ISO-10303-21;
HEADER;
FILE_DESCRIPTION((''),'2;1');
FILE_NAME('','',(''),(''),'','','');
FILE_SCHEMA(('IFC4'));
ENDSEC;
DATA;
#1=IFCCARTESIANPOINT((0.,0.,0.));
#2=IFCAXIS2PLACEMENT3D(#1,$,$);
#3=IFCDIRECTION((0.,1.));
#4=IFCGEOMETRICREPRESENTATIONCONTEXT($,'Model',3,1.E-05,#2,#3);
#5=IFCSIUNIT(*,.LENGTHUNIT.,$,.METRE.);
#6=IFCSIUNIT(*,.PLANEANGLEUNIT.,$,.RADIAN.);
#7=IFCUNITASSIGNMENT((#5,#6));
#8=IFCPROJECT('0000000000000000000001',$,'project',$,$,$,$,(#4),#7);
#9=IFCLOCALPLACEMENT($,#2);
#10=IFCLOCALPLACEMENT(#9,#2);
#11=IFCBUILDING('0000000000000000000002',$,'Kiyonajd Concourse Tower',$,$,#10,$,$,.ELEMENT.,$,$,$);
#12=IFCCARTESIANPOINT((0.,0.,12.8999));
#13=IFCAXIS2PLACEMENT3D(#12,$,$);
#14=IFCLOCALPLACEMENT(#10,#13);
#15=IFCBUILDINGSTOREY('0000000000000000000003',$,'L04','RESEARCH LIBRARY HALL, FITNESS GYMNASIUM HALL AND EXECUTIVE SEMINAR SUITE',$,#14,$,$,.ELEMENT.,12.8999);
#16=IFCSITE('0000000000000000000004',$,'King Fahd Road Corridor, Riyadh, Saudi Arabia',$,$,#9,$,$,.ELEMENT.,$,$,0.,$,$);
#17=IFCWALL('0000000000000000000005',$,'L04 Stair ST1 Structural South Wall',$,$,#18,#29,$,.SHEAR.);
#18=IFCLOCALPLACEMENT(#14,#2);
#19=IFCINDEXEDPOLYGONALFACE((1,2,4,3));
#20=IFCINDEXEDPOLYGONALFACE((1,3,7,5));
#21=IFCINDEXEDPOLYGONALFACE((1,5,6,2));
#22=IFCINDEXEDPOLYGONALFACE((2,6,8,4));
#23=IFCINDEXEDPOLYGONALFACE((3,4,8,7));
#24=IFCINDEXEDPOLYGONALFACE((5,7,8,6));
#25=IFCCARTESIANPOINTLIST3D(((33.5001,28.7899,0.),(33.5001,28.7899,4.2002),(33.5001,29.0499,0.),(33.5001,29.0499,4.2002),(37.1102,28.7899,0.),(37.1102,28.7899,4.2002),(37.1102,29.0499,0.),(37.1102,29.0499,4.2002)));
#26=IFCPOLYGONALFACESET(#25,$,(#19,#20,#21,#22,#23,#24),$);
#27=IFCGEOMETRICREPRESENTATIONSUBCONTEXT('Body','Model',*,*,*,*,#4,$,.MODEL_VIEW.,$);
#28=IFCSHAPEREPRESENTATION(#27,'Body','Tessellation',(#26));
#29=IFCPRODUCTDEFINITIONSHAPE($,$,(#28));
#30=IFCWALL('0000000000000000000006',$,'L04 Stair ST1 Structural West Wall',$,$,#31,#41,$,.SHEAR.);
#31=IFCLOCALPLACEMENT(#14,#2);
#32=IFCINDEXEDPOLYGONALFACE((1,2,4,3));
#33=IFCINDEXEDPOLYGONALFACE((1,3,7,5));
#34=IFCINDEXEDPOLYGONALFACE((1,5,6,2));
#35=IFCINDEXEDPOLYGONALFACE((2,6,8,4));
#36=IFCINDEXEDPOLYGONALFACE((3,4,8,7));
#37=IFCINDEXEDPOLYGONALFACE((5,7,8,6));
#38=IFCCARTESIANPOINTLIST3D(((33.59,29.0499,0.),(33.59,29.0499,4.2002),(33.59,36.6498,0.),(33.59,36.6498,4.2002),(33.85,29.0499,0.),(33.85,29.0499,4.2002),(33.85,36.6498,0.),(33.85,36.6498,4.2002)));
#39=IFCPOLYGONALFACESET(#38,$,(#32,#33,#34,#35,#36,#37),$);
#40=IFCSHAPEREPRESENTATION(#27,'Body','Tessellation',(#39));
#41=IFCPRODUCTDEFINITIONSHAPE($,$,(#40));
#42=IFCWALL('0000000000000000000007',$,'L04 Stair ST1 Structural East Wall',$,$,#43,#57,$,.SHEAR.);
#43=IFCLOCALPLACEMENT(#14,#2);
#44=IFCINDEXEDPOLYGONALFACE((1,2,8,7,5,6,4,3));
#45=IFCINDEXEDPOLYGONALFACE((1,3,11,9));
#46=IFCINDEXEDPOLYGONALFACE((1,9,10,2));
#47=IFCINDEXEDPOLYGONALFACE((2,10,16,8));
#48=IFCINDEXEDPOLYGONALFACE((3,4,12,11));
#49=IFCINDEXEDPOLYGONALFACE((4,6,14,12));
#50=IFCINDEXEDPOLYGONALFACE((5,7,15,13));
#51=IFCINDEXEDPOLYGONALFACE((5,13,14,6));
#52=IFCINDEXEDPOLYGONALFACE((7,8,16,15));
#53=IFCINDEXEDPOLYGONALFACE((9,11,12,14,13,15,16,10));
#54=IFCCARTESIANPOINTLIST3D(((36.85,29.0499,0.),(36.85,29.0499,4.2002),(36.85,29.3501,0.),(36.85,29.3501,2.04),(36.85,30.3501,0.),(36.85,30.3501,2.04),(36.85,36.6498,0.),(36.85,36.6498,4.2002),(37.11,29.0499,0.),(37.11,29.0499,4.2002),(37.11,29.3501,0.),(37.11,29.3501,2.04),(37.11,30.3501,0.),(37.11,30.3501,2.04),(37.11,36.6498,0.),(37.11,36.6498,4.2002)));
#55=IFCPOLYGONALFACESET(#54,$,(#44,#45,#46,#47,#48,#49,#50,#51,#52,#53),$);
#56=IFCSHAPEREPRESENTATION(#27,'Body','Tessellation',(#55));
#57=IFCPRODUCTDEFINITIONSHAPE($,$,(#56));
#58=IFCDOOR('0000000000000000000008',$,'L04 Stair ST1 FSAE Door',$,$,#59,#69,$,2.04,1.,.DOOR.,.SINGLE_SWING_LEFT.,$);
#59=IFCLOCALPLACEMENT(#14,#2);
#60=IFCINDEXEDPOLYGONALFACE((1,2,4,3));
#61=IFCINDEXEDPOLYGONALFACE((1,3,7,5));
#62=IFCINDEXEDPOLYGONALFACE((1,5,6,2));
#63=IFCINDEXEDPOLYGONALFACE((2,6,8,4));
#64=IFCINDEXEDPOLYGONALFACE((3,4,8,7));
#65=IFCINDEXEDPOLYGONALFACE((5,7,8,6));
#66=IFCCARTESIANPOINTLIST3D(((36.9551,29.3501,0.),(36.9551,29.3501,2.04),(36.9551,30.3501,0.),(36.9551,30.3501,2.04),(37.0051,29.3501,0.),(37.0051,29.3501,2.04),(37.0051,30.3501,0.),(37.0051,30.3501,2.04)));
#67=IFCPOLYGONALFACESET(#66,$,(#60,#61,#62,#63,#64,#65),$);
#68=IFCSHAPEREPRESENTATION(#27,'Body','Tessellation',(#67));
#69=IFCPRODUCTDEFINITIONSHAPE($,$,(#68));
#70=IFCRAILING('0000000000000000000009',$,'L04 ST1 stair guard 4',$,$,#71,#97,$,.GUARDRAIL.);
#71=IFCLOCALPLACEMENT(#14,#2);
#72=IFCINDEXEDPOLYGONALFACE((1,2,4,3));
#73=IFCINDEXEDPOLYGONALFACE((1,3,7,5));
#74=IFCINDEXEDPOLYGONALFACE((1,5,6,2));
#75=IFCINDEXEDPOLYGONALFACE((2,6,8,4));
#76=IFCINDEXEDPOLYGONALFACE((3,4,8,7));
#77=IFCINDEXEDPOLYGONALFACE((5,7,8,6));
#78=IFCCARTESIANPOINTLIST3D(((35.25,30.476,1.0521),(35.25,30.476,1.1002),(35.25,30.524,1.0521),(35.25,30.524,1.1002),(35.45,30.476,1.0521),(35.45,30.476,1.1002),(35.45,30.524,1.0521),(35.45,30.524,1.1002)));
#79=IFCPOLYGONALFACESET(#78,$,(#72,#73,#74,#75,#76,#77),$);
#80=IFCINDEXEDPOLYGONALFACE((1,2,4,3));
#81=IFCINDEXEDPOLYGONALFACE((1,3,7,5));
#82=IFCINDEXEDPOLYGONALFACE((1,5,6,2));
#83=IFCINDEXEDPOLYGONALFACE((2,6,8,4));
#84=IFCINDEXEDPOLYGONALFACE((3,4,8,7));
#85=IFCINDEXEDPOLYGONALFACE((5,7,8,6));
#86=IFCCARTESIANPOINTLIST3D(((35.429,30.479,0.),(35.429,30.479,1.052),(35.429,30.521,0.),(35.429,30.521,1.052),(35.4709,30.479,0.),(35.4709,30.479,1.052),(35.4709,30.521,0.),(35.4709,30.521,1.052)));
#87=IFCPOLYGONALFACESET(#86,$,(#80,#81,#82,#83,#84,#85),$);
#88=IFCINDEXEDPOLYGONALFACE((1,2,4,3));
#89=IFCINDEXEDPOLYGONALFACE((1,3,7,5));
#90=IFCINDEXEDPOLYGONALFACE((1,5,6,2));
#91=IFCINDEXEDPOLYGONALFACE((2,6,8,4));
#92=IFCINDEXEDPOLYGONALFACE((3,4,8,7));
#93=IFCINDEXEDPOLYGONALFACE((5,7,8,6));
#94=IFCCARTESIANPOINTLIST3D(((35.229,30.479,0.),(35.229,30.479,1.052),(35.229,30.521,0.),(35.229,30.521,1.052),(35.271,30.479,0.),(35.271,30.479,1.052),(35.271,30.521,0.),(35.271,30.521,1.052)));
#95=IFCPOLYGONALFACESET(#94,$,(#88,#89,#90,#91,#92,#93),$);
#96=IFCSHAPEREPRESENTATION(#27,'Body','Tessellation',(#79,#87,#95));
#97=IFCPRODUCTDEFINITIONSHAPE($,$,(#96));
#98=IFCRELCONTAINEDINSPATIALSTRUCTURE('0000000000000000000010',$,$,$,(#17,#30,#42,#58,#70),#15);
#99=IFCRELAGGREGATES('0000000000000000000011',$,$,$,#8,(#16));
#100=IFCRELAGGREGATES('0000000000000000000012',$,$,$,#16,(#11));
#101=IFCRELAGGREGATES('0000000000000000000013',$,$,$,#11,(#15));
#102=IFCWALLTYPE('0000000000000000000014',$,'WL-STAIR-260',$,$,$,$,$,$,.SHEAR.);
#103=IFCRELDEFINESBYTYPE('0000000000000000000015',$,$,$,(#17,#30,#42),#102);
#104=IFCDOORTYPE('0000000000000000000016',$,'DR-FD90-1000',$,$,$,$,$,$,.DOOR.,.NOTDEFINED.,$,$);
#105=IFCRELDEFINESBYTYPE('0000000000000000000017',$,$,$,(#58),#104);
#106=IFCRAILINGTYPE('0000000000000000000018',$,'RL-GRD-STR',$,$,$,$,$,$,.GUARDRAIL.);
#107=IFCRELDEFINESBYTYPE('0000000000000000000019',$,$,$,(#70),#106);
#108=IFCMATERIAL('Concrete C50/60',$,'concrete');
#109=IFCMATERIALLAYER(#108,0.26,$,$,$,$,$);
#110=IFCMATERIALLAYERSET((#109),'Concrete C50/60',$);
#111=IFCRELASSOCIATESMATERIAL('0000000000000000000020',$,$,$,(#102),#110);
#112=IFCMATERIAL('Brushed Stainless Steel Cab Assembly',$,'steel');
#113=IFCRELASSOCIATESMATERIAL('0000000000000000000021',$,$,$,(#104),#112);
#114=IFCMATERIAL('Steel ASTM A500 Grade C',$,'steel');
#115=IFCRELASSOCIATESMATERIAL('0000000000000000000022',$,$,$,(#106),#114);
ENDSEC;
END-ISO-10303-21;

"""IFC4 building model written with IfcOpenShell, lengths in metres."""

from ifc_helpers import new_model, si_unit, direction, frame, frame_2d, origin, origin_2d, place, context, subcontext, project, spatial, rectangle, extrude, material, layer, layer_set, type_object, element, fill, save


model = new_model("IFC4")

# Units and contexts
model_context = context("Model", 3, precision=1e-05, world=origin(), true_north=direction((0.0, 1.0)))
body_context = subcontext(model_context, "Body", "Model", "MODEL_VIEW")
ifc_project = project(units=[si_unit("LENGTHUNIT", "METRE"), si_unit("PLANEANGLEUNIT", "RADIAN")], contexts=[model_context])

# Site, building, storey
site_placement = place(None, origin())
site = spatial("IfcSite", under=ifc_project, at=site_placement, Name="King Fahd Road Corridor, Riyadh, Saudi Arabia", CompositionType="ELEMENT", RefElevation=0.0)
building_placement = place(site_placement, origin())
building = spatial("IfcBuilding", under=site, at=building_placement, Name="Kiyonajd Concourse Tower", CompositionType="ELEMENT")
storey_placement = place(building_placement, frame((0.0, 0.0, 12.8999)))
storey = spatial("IfcBuildingStorey", under=building, at=storey_placement, Name="L04", Description="RESEARCH LIBRARY HALL, FITNESS GYMNASIUM HALL AND EXECUTIVE SEMINAR SUITE", CompositionType="ELEMENT", Elevation=12.8999)

# Shared definitions
ifc_material_1 = material(Name="Concrete C50/60", Category="concrete")

# Shared definitions
ifc_material_2 = material(Name="Brushed Stainless Steel Cab Assembly", Category="steel")

# Walls
ifc_layer_1 = layer(ifc_material_1, 0.26)
ifc_layer_set_1 = layer_set([ifc_layer_1], Name="Concrete C50/60")
wall_type_1 = type_object("IfcWallType", Name="WL-STAIR-260", PredefinedType="SHEAR", material=ifc_layer_set_1)
wall_1_placement = place(storey_placement, frame((33.5, 28.9199, 0.0), z_axis=(0.0, 0.0, 1.0), x_axis=(1.0, 0.0, 0.0)))
element("IfcWall", 1, at=wall_1_placement, inside=storey, type_object=wall_type_1, Name="L04 Stair ST1 Structural South Wall", PredefinedType="SHEAR", context=body_context, shape_type="SweptSolid", body=[
    extrude(rectangle(XDim=3.6101, YDim=0.26, at=frame_2d((1.8052, 0.0))), origin(), (0.0, 0.0, 1.0), 4.2002),
])
wall_2_placement = place(storey_placement, frame((33.72, 29.05, 0.0), z_axis=(0.0, 0.0, 1.0), x_axis=(0.0, 1.0, 0.0)))
element("IfcWall", 2, at=wall_2_placement, inside=storey, type_object=wall_type_1, Name="L04 Stair ST1 Structural West Wall", PredefinedType="SHEAR", context=body_context, shape_type="SweptSolid", body=[
    extrude(rectangle(XDim=7.5999, YDim=0.26, at=frame_2d((3.7998, 0.0))), origin(), (0.0, 0.0, 1.0), 4.2002),
])

# Wall, opening, door
wall_3_placement = place(storey_placement, frame((36.98, 29.05, 0.0), z_axis=(0.0, 0.0, 1.0), x_axis=(0.0, 1.0, 0.0)))
wall_3 = element("IfcWall", 3, at=wall_3_placement, inside=storey, type_object=wall_type_1, Name="L04 Stair ST1 Structural East Wall", PredefinedType="SHEAR", context=body_context, shape_type="SweptSolid", body=[
    extrude(rectangle(XDim=7.5999, YDim=0.26, at=frame_2d((3.7998, 0.0))), origin(), (0.0, 0.0, 1.0), 4.2002),
])
opening_1_placement = place(wall_3_placement, frame((0.3, 0.0, 0.0)))
opening_1 = element("IfcOpeningElement", 4, at=opening_1_placement, cuts=wall_3, PredefinedType="OPENING", context=body_context, shape_type="SweptSolid", body=[
    extrude(rectangle(XDim=1.0, YDim=2.04, at=frame_2d((0.5, 1.02))), frame((0.0, 0.1399, 0.0), z_axis=(0.0, -1.0, 0.0), x_axis=(1.0, 0.0, 0.0)), (0.0, 0.0, 1.0), 0.28),
])
door_type_1 = type_object("IfcDoorType", Name="DR-FD90-1000", OperationType="NOTDEFINED", PredefinedType="DOOR", material=ifc_material_2)
door_1_placement = place(opening_1_placement, origin())
door_1 = element("IfcDoor", 5, at=door_1_placement, inside=storey, type_object=door_type_1, Name="L04 Stair ST1 FSAE Door", OperationType="SINGLE_SWING_LEFT", OverallHeight=2.04, OverallWidth=1.0, PredefinedType="DOOR", context=body_context, shape_type="SweptSolid", body=[
    extrude(rectangle(XDim=1.0, YDim=2.04, at=frame_2d((0.5, 1.02))), frame((0.0, 0.0249, 0.0), z_axis=(0.0, -1.0, 0.0), x_axis=(1.0, 0.0, 0.0)), (0.0, 0.0, 1.0), 0.05),
])
fill(opening_1, door_1)

# Railing
ifc_material_3 = material(Name="Steel ASTM A500 Grade C", Category="steel")
railing_type = type_object("IfcRailingType", Name="RL-GRD-STR", PredefinedType="GUARDRAIL", material=ifc_material_3)
railing_placement = place(storey_placement, frame((35.45, 30.5, 0.0)))
element("IfcRailing", 6, at=railing_placement, inside=storey, type_object=railing_type, Name="L04 ST1 stair guard 4", PredefinedType="GUARDRAIL", context=body_context, shape_type="SweptSolid", body=[
    extrude(rectangle(XDim=0.0481, YDim=0.0481, at=origin_2d()), frame((0.0, 0.0, 1.0762), z_axis=(-1.0, 0.0, 0.0), x_axis=(0.0, -1.0, 0.0)), (0.0, 0.0, 1.0), 0.2),
    extrude(rectangle(XDim=0.042, YDim=0.042, at=origin_2d()), origin(), (0.0, 0.0, 1.0), 1.052),
    extrude(rectangle(XDim=0.042, YDim=0.042, at=origin_2d()), frame((-0.2, 0.0, 0.0)), (0.0, 0.0, 1.0), 1.052),
])

save(model, "model.ifc")
